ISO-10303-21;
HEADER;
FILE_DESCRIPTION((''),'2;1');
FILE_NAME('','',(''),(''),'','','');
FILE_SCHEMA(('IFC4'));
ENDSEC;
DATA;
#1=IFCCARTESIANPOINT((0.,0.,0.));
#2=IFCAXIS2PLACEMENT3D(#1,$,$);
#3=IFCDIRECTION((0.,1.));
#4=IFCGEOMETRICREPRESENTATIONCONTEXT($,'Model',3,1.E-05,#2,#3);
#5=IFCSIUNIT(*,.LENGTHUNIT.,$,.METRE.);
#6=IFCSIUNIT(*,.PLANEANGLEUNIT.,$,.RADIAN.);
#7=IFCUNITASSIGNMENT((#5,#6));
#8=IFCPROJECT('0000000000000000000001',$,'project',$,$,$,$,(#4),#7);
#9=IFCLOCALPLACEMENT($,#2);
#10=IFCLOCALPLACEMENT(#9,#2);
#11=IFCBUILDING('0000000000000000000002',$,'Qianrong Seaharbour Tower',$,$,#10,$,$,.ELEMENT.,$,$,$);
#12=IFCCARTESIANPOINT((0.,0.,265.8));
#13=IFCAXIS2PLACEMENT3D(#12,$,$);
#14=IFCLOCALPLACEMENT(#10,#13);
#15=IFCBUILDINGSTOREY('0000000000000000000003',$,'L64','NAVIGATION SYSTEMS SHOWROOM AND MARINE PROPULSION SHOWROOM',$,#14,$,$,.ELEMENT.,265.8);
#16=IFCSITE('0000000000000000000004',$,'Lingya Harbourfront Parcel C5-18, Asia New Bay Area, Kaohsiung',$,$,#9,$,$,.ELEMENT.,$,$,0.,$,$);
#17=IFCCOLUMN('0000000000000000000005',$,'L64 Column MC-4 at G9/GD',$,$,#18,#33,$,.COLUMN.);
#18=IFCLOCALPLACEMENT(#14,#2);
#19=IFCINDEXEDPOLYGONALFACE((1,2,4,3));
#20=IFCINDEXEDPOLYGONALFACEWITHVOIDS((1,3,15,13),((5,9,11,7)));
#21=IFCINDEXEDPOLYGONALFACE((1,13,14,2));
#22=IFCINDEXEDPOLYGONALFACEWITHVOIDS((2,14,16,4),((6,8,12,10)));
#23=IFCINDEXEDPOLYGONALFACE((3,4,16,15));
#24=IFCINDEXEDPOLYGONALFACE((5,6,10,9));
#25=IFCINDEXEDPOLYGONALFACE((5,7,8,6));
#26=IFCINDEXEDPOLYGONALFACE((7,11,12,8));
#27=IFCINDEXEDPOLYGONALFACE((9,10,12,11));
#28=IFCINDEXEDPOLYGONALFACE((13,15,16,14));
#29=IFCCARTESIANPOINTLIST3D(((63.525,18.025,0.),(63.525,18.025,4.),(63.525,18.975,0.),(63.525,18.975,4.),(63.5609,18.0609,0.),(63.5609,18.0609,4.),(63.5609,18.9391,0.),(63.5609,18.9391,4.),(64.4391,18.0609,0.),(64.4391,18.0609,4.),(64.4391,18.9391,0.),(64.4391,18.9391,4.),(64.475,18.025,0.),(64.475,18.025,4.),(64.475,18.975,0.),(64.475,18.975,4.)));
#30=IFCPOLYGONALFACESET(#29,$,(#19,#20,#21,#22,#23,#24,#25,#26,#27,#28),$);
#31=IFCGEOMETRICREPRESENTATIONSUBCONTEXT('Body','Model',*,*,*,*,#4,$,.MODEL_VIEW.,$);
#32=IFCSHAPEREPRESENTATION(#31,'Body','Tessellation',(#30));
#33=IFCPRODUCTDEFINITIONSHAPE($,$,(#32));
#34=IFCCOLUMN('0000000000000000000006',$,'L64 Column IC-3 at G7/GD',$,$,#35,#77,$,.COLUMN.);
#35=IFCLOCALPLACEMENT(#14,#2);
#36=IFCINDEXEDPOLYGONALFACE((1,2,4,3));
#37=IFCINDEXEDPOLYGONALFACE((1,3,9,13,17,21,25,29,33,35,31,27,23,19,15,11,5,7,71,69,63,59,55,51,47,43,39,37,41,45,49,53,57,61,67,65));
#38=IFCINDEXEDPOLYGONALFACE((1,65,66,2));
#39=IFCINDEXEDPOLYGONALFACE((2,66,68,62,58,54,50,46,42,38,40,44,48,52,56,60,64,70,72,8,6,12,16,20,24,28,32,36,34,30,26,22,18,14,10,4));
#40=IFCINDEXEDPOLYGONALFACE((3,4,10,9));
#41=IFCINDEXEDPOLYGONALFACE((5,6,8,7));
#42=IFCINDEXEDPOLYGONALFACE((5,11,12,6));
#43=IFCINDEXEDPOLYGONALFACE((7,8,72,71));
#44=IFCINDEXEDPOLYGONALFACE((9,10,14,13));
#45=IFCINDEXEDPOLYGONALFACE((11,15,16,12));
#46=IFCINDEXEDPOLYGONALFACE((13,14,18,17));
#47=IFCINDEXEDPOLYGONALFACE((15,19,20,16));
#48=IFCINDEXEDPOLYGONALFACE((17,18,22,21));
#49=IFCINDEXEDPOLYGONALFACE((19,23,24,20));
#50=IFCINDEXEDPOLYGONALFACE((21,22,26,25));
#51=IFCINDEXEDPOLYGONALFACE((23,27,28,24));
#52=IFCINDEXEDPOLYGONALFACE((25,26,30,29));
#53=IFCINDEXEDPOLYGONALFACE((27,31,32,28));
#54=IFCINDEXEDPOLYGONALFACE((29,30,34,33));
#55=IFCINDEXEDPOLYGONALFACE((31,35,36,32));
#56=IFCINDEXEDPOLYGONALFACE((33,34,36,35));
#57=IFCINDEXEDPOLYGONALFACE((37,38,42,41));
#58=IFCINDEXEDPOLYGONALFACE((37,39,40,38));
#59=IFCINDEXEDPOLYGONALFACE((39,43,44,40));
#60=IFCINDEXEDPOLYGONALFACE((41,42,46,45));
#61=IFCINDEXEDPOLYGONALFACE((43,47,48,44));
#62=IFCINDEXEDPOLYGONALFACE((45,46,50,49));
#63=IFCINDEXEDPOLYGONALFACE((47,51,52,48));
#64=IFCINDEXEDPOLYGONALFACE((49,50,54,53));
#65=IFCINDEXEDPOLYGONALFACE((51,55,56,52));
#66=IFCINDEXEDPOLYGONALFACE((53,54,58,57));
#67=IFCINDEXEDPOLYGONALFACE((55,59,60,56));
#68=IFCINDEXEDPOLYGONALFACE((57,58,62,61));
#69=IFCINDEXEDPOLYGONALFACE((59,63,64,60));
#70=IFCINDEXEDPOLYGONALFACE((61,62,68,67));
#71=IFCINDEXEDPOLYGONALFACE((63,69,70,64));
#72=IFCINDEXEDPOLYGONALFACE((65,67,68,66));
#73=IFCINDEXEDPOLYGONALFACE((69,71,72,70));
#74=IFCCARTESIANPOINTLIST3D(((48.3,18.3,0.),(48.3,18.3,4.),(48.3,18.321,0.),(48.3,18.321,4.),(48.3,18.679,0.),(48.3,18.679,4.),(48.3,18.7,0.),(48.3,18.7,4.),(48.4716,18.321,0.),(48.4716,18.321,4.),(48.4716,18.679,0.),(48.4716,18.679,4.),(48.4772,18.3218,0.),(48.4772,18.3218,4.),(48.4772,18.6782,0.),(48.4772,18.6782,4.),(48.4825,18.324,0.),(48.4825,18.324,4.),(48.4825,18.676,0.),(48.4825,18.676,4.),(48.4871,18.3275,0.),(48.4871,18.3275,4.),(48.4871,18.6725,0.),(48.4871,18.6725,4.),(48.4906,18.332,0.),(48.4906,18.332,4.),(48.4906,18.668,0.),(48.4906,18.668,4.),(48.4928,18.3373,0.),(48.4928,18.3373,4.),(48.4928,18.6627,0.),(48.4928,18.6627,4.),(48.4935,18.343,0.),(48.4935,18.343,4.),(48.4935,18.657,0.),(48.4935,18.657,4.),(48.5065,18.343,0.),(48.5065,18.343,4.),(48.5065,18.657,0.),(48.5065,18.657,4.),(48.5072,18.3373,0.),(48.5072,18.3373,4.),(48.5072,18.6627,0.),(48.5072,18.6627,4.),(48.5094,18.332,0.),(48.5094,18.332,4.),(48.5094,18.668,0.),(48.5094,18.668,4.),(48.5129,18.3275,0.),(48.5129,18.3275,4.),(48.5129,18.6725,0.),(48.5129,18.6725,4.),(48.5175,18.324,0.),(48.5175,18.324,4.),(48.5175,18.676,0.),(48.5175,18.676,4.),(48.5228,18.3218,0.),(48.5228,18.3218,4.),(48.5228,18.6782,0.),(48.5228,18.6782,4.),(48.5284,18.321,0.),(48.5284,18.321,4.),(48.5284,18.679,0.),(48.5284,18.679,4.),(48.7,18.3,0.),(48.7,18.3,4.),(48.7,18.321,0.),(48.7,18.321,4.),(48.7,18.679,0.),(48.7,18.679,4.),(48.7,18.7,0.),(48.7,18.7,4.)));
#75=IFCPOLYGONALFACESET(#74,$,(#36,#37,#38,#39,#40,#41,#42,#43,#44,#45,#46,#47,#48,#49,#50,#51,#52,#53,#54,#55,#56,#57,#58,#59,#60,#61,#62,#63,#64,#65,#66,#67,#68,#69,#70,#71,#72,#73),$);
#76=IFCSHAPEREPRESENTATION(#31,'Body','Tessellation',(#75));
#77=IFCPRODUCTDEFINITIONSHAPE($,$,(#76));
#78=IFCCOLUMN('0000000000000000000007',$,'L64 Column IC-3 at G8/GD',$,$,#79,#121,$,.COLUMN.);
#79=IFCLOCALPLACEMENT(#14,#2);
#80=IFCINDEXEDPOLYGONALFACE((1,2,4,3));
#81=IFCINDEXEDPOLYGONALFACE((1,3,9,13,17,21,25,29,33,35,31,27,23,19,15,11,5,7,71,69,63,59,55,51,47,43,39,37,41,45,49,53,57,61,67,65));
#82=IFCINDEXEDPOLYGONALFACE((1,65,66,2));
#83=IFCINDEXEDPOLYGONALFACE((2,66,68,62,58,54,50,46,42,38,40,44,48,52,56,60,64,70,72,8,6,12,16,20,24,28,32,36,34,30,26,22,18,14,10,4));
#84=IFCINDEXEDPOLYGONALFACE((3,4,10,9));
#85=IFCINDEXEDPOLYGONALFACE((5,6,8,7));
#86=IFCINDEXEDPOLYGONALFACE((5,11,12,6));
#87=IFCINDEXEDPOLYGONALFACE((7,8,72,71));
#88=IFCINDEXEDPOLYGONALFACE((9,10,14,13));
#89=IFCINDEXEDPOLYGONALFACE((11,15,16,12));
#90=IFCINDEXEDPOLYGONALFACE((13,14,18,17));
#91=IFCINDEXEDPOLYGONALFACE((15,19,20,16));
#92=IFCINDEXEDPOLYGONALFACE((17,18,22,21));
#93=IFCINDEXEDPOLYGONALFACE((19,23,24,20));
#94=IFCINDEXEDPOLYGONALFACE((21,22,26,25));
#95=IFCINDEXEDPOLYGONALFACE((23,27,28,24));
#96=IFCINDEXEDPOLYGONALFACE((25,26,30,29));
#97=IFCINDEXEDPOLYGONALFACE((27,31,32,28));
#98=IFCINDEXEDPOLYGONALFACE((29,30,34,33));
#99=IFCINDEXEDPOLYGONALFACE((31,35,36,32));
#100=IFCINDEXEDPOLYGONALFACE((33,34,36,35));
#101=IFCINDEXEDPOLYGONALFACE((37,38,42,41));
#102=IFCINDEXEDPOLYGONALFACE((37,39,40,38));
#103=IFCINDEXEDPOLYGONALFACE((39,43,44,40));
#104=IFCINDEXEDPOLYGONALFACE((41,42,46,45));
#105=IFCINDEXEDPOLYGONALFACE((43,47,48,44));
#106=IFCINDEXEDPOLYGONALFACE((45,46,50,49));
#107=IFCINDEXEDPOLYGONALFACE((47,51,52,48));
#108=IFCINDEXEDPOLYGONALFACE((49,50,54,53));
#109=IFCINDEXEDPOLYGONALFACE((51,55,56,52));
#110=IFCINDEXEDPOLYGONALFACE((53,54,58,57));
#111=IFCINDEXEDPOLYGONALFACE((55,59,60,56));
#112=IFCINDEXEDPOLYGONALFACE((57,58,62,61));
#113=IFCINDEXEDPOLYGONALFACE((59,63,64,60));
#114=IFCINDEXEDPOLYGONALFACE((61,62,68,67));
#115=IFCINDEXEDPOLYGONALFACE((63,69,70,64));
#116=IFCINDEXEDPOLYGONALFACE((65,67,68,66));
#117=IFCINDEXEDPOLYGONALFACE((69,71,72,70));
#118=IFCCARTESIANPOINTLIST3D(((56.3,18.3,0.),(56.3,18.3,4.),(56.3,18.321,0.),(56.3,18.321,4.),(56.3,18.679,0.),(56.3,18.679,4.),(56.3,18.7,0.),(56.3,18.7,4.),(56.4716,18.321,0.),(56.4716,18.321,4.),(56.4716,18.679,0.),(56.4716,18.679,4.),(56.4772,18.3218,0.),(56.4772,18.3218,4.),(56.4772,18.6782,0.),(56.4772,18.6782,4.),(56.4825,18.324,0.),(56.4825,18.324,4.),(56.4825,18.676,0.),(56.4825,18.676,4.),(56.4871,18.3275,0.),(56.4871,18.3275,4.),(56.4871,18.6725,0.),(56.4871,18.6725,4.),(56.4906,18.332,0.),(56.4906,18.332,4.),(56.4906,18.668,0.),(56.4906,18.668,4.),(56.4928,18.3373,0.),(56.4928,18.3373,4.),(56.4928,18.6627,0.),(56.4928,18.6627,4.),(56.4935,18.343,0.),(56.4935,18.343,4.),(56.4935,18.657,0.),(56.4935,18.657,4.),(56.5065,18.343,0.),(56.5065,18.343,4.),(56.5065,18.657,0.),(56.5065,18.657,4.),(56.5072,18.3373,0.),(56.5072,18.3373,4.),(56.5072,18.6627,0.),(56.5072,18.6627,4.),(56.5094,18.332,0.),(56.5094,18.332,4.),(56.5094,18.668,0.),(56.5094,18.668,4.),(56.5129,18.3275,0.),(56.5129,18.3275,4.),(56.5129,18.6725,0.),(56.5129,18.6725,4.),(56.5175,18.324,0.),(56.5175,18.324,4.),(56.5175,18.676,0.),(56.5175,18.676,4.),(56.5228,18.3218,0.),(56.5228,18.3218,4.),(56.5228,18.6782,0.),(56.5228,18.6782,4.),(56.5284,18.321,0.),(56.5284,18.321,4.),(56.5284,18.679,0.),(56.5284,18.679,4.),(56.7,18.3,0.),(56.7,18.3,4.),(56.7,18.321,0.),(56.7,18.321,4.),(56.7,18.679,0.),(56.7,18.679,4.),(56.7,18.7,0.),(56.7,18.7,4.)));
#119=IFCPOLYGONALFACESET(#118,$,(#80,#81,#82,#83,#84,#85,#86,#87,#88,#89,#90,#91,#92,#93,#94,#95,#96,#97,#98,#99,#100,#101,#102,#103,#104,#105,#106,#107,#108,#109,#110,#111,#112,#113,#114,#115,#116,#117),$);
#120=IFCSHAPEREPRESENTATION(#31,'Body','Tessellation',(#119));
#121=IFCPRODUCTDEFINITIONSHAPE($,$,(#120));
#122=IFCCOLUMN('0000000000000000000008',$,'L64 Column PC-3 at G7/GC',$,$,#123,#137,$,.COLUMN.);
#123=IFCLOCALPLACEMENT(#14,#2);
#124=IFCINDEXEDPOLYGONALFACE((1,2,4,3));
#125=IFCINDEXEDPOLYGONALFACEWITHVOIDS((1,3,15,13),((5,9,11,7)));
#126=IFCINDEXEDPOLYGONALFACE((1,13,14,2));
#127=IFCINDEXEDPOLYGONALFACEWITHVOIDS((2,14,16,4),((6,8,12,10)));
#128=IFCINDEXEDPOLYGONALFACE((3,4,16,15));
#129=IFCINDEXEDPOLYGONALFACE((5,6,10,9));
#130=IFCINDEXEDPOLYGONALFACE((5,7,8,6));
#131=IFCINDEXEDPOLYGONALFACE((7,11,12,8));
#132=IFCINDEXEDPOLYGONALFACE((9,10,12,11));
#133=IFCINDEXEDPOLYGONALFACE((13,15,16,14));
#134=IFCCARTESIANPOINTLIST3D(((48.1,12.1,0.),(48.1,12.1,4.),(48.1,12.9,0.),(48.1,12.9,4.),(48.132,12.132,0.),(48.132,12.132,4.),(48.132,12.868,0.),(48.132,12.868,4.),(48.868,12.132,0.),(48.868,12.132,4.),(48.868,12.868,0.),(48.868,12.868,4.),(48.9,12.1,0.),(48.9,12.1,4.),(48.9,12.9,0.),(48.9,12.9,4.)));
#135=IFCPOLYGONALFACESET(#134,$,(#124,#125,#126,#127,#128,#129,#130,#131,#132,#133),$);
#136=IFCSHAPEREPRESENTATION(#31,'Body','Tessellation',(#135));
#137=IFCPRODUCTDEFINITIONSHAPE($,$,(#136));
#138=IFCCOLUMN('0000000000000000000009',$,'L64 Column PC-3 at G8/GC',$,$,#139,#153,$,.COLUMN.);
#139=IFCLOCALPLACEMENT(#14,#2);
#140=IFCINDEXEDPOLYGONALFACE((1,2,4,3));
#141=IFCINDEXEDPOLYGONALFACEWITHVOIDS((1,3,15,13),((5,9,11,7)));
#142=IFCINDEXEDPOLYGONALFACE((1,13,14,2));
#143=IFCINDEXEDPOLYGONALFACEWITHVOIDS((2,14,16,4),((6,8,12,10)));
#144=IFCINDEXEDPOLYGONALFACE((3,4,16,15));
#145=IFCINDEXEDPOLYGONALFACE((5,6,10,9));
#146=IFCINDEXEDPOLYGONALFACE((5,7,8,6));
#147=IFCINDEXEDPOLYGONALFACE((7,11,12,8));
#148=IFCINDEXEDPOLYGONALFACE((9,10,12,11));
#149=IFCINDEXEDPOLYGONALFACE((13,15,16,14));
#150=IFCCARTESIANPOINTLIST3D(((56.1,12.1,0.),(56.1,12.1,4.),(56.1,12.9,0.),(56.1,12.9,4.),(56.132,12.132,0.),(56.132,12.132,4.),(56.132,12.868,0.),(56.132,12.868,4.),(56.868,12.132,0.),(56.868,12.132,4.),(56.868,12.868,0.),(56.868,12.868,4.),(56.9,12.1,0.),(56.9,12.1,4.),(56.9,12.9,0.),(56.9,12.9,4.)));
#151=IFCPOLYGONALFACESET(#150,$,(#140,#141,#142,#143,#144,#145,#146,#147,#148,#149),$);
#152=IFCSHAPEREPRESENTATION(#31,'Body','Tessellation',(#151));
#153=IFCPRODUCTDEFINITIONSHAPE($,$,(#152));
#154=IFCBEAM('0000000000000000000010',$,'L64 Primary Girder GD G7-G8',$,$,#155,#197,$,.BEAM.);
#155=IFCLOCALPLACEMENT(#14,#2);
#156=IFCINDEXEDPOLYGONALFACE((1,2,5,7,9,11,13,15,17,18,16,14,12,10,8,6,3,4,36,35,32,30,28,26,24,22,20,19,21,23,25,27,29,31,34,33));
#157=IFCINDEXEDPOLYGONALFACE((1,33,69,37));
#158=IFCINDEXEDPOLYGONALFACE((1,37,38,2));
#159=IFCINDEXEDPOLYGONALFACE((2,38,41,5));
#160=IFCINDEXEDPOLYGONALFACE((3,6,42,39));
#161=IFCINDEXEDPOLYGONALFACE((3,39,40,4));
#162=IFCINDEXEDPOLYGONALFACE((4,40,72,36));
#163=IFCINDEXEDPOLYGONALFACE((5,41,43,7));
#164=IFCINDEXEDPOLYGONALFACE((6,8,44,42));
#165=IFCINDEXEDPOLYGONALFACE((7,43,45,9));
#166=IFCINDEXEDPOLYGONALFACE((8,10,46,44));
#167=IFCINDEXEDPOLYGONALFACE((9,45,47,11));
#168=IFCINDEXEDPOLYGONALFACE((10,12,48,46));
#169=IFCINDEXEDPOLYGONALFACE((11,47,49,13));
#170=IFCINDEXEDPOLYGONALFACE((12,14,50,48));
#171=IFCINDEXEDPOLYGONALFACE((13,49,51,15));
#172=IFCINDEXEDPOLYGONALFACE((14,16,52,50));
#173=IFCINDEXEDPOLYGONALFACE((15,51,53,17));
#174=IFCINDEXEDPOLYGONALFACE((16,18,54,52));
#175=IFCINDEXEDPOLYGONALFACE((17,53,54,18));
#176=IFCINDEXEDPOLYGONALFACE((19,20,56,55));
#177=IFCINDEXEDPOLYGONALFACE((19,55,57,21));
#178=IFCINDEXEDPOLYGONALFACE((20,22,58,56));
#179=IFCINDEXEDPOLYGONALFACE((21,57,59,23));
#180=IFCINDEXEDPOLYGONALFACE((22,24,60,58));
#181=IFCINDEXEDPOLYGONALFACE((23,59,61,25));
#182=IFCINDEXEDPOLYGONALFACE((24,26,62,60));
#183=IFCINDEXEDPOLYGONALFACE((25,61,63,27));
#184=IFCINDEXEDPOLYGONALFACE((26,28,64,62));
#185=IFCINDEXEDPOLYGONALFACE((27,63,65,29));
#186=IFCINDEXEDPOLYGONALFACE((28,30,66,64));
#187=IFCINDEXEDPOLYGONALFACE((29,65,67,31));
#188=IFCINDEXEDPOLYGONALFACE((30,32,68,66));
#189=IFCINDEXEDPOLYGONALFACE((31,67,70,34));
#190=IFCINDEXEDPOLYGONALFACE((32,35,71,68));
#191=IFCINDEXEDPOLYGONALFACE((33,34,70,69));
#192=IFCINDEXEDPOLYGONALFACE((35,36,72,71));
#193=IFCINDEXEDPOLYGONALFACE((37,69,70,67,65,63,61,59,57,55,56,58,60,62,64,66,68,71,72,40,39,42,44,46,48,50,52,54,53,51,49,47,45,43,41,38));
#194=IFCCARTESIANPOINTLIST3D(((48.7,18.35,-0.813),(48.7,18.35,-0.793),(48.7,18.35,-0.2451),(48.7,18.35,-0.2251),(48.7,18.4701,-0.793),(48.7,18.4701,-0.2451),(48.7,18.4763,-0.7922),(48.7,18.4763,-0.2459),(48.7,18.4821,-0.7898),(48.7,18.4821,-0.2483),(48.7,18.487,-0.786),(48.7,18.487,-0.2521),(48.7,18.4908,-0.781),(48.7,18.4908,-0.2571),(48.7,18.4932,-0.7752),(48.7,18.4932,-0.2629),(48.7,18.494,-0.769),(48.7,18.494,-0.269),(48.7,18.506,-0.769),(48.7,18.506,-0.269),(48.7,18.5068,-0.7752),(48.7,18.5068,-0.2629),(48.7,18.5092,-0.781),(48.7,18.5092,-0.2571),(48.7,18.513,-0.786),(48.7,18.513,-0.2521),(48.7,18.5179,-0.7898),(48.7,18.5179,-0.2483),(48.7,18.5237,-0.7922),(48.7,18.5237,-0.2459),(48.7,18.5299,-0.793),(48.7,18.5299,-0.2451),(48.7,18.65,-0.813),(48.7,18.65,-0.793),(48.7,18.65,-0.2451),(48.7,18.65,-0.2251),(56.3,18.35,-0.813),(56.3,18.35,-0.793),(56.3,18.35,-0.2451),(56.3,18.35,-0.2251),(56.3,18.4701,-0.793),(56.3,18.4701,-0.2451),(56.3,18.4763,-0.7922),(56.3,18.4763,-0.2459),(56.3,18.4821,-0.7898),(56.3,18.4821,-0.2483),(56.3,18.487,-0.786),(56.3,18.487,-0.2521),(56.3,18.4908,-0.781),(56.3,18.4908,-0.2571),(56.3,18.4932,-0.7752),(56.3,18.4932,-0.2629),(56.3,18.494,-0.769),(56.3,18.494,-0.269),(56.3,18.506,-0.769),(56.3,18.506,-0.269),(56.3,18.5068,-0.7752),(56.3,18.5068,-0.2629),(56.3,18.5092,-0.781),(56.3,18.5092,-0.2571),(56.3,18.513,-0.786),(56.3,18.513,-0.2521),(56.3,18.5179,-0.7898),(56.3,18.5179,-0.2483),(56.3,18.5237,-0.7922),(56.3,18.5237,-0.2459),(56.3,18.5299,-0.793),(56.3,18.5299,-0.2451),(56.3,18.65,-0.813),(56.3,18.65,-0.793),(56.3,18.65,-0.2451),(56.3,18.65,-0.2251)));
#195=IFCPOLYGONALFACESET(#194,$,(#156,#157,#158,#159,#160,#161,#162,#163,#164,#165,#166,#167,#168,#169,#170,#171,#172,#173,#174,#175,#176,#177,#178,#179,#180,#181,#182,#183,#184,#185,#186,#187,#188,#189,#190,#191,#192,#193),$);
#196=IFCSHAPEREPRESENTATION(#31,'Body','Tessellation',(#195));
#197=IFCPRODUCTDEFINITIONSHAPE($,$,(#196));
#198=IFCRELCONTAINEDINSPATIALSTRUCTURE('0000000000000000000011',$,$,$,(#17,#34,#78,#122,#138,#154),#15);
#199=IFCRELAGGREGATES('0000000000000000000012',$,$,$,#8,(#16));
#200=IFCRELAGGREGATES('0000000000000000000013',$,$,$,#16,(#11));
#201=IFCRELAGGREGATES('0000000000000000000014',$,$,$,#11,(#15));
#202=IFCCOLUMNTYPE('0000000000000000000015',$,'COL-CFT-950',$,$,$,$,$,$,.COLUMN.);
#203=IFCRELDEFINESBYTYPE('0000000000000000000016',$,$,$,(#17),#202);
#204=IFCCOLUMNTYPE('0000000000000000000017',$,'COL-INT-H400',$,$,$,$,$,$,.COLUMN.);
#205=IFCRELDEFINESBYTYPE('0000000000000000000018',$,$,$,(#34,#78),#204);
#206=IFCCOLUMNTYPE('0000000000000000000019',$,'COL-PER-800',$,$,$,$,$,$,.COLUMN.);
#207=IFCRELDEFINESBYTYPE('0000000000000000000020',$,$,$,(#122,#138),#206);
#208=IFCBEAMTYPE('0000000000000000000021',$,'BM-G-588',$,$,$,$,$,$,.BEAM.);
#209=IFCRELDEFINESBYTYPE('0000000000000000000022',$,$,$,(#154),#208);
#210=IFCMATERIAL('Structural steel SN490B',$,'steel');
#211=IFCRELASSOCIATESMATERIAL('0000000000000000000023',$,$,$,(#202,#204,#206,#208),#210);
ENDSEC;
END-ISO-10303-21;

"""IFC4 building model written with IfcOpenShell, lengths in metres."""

from ifc_helpers import new_model, si_unit, direction, frame, origin, origin_2d, place, context, subcontext, project, spatial, hollow_rectangle, i_section, extrude, material, material_profile, profile_set, type_object, element, save


model = new_model("IFC4")

# Units and contexts
model_context = context("Model", 3, precision=1e-05, world=origin(), true_north=direction((0.0, 1.0)))
body_context = subcontext(model_context, "Body", "Model", "MODEL_VIEW")
ifc_project = project(units=[si_unit("LENGTHUNIT", "METRE"), si_unit("PLANEANGLEUNIT", "RADIAN")], contexts=[model_context])

# Site, building, storey
site_placement = place(None, origin())
site = spatial("IfcSite", under=ifc_project, at=site_placement, Name="Lingya Harbourfront Parcel C5-18, Asia New Bay Area, Kaohsiung", CompositionType="ELEMENT", RefElevation=0.0)
building_placement = place(site_placement, origin())
building = spatial("IfcBuilding", under=site, at=building_placement, Name="Qianrong Seaharbour Tower", CompositionType="ELEMENT")
storey_placement = place(building_placement, frame((0.0, 0.0, 265.8)))
storey = spatial("IfcBuildingStorey", under=building, at=storey_placement, Name="L64", Description="NAVIGATION SYSTEMS SHOWROOM AND MARINE PROPULSION SHOWROOM", CompositionType="ELEMENT", Elevation=265.8)

# Columns
ifc_material_1 = material(Name="Structural steel SN490B", Category="steel")
ifc_material_profile_1 = material_profile(ifc_material_1, hollow_rectangle(XDim=0.95, YDim=0.95, WallThickness=0.0359, at=origin_2d()), Name="BOX950x950x36")
ifc_profile_set_1 = profile_set([ifc_material_profile_1], Name="Structural steel SN490B")
column_type_1 = type_object("IfcColumnType", Name="COL-CFT-950", PredefinedType="COLUMN", material=ifc_profile_set_1)
column_placement = place(storey_placement, frame((64.0, 18.5, 0.0), z_axis=(0.0, 0.0, 1.0), x_axis=(1.0, 0.0, 0.0)))
element("IfcColumn", 1, at=column_placement, inside=storey, type_object=column_type_1, Name="L64 Column MC-4 at G9/GD", PredefinedType="COLUMN", context=body_context, shape_type="SweptSolid", body=[
    extrude(hollow_rectangle(XDim=0.95, YDim=0.95, WallThickness=0.0359, at=origin_2d()), origin(), (0.0, 0.0, 1.0), 4.0),
])
ifc_material_profile_2 = material_profile(ifc_material_1, i_section(OverallWidth=0.3999, OverallDepth=0.3999, WebThickness=0.0129, FlangeThickness=0.021, FilletRadius=0.022, at=origin_2d()), Name="H400x400x13x21")
ifc_profile_set_2 = profile_set([ifc_material_profile_2], Name="Structural steel SN490B")
column_type_2 = type_object("IfcColumnType", Name="COL-INT-H400", PredefinedType="COLUMN", material=ifc_profile_set_2)
for number, where, z_axis, x_axis, name in (
    (2, (48.5, 18.5, 0.0), (0.0, 0.0, 1.0), (1.0, 0.0, 0.0), "L64 Column IC-3 at G7/GD"),
    (3, (56.5, 18.5, 0.0), (0.0, 0.0, 1.0), (1.0, 0.0, 0.0), "L64 Column IC-3 at G8/GD"),
):
    element("IfcColumn", number, at=place(storey_placement, frame(where, z_axis=z_axis, x_axis=x_axis)), inside=storey, type_object=column_type_2, Name=name, PredefinedType="COLUMN", context=body_context, shape_type="SweptSolid", body=[
        extrude(i_section(OverallWidth=0.3999, OverallDepth=0.3999, WebThickness=0.0129, FlangeThickness=0.021, FilletRadius=0.022, at=origin_2d()), origin(), (0.0, 0.0, 1.0), 4.0),
    ])
ifc_material_profile_3 = material_profile(ifc_material_1, hollow_rectangle(XDim=0.8, YDim=0.8, WallThickness=0.032, at=origin_2d()), Name="BOX800x800x32")
ifc_profile_set_3 = profile_set([ifc_material_profile_3], Name="Structural steel SN490B")
column_type_3 = type_object("IfcColumnType", Name="COL-PER-800", PredefinedType="COLUMN", material=ifc_profile_set_3)
for number, where, z_axis, x_axis, name in (
    (4, (48.5, 12.5, 0.0), (0.0, 0.0, 1.0), (1.0, 0.0, 0.0), "L64 Column PC-3 at G7/GC"),
    (5, (56.5, 12.5, 0.0), (0.0, 0.0, 1.0), (1.0, 0.0, 0.0), "L64 Column PC-3 at G8/GC"),
):
    element("IfcColumn", number, at=place(storey_placement, frame(where, z_axis=z_axis, x_axis=x_axis)), inside=storey, type_object=column_type_3, Name=name, PredefinedType="COLUMN", context=body_context, shape_type="SweptSolid", body=[
        extrude(hollow_rectangle(XDim=0.8, YDim=0.8, WallThickness=0.032, at=origin_2d()), origin(), (0.0, 0.0, 1.0), 4.0),
    ])

# Beam
ifc_material_profile_4 = material_profile(ifc_material_1, i_section(OverallWidth=0.3, OverallDepth=0.5879, WebThickness=0.012, FlangeThickness=0.02, FilletRadius=0.0239, at=origin_2d()), Name="H588x300x12x20")
ifc_profile_set_4 = profile_set([ifc_material_profile_4], Name="Structural steel SN490B")
beam_type_1 = type_object("IfcBeamType", Name="BM-G-588", PredefinedType="BEAM", material=ifc_profile_set_4)
beam_1_placement = place(storey_placement, frame((48.7, 18.5, -0.519), z_axis=(1.0, 0.0, 0.0), x_axis=(0.0, 1.0, 0.0)))
element("IfcBeam", 6, at=beam_1_placement, inside=storey, type_object=beam_type_1, Name="L64 Primary Girder GD G7-G8", PredefinedType="BEAM", context=body_context, shape_type="SweptSolid", body=[
    extrude(i_section(OverallWidth=0.3, OverallDepth=0.5879, WebThickness=0.012, FlangeThickness=0.02, FilletRadius=0.0239, at=origin_2d()), origin(), (0.0, 0.0, 1.0), 7.6001),
])

save(model, "model.ifc")
